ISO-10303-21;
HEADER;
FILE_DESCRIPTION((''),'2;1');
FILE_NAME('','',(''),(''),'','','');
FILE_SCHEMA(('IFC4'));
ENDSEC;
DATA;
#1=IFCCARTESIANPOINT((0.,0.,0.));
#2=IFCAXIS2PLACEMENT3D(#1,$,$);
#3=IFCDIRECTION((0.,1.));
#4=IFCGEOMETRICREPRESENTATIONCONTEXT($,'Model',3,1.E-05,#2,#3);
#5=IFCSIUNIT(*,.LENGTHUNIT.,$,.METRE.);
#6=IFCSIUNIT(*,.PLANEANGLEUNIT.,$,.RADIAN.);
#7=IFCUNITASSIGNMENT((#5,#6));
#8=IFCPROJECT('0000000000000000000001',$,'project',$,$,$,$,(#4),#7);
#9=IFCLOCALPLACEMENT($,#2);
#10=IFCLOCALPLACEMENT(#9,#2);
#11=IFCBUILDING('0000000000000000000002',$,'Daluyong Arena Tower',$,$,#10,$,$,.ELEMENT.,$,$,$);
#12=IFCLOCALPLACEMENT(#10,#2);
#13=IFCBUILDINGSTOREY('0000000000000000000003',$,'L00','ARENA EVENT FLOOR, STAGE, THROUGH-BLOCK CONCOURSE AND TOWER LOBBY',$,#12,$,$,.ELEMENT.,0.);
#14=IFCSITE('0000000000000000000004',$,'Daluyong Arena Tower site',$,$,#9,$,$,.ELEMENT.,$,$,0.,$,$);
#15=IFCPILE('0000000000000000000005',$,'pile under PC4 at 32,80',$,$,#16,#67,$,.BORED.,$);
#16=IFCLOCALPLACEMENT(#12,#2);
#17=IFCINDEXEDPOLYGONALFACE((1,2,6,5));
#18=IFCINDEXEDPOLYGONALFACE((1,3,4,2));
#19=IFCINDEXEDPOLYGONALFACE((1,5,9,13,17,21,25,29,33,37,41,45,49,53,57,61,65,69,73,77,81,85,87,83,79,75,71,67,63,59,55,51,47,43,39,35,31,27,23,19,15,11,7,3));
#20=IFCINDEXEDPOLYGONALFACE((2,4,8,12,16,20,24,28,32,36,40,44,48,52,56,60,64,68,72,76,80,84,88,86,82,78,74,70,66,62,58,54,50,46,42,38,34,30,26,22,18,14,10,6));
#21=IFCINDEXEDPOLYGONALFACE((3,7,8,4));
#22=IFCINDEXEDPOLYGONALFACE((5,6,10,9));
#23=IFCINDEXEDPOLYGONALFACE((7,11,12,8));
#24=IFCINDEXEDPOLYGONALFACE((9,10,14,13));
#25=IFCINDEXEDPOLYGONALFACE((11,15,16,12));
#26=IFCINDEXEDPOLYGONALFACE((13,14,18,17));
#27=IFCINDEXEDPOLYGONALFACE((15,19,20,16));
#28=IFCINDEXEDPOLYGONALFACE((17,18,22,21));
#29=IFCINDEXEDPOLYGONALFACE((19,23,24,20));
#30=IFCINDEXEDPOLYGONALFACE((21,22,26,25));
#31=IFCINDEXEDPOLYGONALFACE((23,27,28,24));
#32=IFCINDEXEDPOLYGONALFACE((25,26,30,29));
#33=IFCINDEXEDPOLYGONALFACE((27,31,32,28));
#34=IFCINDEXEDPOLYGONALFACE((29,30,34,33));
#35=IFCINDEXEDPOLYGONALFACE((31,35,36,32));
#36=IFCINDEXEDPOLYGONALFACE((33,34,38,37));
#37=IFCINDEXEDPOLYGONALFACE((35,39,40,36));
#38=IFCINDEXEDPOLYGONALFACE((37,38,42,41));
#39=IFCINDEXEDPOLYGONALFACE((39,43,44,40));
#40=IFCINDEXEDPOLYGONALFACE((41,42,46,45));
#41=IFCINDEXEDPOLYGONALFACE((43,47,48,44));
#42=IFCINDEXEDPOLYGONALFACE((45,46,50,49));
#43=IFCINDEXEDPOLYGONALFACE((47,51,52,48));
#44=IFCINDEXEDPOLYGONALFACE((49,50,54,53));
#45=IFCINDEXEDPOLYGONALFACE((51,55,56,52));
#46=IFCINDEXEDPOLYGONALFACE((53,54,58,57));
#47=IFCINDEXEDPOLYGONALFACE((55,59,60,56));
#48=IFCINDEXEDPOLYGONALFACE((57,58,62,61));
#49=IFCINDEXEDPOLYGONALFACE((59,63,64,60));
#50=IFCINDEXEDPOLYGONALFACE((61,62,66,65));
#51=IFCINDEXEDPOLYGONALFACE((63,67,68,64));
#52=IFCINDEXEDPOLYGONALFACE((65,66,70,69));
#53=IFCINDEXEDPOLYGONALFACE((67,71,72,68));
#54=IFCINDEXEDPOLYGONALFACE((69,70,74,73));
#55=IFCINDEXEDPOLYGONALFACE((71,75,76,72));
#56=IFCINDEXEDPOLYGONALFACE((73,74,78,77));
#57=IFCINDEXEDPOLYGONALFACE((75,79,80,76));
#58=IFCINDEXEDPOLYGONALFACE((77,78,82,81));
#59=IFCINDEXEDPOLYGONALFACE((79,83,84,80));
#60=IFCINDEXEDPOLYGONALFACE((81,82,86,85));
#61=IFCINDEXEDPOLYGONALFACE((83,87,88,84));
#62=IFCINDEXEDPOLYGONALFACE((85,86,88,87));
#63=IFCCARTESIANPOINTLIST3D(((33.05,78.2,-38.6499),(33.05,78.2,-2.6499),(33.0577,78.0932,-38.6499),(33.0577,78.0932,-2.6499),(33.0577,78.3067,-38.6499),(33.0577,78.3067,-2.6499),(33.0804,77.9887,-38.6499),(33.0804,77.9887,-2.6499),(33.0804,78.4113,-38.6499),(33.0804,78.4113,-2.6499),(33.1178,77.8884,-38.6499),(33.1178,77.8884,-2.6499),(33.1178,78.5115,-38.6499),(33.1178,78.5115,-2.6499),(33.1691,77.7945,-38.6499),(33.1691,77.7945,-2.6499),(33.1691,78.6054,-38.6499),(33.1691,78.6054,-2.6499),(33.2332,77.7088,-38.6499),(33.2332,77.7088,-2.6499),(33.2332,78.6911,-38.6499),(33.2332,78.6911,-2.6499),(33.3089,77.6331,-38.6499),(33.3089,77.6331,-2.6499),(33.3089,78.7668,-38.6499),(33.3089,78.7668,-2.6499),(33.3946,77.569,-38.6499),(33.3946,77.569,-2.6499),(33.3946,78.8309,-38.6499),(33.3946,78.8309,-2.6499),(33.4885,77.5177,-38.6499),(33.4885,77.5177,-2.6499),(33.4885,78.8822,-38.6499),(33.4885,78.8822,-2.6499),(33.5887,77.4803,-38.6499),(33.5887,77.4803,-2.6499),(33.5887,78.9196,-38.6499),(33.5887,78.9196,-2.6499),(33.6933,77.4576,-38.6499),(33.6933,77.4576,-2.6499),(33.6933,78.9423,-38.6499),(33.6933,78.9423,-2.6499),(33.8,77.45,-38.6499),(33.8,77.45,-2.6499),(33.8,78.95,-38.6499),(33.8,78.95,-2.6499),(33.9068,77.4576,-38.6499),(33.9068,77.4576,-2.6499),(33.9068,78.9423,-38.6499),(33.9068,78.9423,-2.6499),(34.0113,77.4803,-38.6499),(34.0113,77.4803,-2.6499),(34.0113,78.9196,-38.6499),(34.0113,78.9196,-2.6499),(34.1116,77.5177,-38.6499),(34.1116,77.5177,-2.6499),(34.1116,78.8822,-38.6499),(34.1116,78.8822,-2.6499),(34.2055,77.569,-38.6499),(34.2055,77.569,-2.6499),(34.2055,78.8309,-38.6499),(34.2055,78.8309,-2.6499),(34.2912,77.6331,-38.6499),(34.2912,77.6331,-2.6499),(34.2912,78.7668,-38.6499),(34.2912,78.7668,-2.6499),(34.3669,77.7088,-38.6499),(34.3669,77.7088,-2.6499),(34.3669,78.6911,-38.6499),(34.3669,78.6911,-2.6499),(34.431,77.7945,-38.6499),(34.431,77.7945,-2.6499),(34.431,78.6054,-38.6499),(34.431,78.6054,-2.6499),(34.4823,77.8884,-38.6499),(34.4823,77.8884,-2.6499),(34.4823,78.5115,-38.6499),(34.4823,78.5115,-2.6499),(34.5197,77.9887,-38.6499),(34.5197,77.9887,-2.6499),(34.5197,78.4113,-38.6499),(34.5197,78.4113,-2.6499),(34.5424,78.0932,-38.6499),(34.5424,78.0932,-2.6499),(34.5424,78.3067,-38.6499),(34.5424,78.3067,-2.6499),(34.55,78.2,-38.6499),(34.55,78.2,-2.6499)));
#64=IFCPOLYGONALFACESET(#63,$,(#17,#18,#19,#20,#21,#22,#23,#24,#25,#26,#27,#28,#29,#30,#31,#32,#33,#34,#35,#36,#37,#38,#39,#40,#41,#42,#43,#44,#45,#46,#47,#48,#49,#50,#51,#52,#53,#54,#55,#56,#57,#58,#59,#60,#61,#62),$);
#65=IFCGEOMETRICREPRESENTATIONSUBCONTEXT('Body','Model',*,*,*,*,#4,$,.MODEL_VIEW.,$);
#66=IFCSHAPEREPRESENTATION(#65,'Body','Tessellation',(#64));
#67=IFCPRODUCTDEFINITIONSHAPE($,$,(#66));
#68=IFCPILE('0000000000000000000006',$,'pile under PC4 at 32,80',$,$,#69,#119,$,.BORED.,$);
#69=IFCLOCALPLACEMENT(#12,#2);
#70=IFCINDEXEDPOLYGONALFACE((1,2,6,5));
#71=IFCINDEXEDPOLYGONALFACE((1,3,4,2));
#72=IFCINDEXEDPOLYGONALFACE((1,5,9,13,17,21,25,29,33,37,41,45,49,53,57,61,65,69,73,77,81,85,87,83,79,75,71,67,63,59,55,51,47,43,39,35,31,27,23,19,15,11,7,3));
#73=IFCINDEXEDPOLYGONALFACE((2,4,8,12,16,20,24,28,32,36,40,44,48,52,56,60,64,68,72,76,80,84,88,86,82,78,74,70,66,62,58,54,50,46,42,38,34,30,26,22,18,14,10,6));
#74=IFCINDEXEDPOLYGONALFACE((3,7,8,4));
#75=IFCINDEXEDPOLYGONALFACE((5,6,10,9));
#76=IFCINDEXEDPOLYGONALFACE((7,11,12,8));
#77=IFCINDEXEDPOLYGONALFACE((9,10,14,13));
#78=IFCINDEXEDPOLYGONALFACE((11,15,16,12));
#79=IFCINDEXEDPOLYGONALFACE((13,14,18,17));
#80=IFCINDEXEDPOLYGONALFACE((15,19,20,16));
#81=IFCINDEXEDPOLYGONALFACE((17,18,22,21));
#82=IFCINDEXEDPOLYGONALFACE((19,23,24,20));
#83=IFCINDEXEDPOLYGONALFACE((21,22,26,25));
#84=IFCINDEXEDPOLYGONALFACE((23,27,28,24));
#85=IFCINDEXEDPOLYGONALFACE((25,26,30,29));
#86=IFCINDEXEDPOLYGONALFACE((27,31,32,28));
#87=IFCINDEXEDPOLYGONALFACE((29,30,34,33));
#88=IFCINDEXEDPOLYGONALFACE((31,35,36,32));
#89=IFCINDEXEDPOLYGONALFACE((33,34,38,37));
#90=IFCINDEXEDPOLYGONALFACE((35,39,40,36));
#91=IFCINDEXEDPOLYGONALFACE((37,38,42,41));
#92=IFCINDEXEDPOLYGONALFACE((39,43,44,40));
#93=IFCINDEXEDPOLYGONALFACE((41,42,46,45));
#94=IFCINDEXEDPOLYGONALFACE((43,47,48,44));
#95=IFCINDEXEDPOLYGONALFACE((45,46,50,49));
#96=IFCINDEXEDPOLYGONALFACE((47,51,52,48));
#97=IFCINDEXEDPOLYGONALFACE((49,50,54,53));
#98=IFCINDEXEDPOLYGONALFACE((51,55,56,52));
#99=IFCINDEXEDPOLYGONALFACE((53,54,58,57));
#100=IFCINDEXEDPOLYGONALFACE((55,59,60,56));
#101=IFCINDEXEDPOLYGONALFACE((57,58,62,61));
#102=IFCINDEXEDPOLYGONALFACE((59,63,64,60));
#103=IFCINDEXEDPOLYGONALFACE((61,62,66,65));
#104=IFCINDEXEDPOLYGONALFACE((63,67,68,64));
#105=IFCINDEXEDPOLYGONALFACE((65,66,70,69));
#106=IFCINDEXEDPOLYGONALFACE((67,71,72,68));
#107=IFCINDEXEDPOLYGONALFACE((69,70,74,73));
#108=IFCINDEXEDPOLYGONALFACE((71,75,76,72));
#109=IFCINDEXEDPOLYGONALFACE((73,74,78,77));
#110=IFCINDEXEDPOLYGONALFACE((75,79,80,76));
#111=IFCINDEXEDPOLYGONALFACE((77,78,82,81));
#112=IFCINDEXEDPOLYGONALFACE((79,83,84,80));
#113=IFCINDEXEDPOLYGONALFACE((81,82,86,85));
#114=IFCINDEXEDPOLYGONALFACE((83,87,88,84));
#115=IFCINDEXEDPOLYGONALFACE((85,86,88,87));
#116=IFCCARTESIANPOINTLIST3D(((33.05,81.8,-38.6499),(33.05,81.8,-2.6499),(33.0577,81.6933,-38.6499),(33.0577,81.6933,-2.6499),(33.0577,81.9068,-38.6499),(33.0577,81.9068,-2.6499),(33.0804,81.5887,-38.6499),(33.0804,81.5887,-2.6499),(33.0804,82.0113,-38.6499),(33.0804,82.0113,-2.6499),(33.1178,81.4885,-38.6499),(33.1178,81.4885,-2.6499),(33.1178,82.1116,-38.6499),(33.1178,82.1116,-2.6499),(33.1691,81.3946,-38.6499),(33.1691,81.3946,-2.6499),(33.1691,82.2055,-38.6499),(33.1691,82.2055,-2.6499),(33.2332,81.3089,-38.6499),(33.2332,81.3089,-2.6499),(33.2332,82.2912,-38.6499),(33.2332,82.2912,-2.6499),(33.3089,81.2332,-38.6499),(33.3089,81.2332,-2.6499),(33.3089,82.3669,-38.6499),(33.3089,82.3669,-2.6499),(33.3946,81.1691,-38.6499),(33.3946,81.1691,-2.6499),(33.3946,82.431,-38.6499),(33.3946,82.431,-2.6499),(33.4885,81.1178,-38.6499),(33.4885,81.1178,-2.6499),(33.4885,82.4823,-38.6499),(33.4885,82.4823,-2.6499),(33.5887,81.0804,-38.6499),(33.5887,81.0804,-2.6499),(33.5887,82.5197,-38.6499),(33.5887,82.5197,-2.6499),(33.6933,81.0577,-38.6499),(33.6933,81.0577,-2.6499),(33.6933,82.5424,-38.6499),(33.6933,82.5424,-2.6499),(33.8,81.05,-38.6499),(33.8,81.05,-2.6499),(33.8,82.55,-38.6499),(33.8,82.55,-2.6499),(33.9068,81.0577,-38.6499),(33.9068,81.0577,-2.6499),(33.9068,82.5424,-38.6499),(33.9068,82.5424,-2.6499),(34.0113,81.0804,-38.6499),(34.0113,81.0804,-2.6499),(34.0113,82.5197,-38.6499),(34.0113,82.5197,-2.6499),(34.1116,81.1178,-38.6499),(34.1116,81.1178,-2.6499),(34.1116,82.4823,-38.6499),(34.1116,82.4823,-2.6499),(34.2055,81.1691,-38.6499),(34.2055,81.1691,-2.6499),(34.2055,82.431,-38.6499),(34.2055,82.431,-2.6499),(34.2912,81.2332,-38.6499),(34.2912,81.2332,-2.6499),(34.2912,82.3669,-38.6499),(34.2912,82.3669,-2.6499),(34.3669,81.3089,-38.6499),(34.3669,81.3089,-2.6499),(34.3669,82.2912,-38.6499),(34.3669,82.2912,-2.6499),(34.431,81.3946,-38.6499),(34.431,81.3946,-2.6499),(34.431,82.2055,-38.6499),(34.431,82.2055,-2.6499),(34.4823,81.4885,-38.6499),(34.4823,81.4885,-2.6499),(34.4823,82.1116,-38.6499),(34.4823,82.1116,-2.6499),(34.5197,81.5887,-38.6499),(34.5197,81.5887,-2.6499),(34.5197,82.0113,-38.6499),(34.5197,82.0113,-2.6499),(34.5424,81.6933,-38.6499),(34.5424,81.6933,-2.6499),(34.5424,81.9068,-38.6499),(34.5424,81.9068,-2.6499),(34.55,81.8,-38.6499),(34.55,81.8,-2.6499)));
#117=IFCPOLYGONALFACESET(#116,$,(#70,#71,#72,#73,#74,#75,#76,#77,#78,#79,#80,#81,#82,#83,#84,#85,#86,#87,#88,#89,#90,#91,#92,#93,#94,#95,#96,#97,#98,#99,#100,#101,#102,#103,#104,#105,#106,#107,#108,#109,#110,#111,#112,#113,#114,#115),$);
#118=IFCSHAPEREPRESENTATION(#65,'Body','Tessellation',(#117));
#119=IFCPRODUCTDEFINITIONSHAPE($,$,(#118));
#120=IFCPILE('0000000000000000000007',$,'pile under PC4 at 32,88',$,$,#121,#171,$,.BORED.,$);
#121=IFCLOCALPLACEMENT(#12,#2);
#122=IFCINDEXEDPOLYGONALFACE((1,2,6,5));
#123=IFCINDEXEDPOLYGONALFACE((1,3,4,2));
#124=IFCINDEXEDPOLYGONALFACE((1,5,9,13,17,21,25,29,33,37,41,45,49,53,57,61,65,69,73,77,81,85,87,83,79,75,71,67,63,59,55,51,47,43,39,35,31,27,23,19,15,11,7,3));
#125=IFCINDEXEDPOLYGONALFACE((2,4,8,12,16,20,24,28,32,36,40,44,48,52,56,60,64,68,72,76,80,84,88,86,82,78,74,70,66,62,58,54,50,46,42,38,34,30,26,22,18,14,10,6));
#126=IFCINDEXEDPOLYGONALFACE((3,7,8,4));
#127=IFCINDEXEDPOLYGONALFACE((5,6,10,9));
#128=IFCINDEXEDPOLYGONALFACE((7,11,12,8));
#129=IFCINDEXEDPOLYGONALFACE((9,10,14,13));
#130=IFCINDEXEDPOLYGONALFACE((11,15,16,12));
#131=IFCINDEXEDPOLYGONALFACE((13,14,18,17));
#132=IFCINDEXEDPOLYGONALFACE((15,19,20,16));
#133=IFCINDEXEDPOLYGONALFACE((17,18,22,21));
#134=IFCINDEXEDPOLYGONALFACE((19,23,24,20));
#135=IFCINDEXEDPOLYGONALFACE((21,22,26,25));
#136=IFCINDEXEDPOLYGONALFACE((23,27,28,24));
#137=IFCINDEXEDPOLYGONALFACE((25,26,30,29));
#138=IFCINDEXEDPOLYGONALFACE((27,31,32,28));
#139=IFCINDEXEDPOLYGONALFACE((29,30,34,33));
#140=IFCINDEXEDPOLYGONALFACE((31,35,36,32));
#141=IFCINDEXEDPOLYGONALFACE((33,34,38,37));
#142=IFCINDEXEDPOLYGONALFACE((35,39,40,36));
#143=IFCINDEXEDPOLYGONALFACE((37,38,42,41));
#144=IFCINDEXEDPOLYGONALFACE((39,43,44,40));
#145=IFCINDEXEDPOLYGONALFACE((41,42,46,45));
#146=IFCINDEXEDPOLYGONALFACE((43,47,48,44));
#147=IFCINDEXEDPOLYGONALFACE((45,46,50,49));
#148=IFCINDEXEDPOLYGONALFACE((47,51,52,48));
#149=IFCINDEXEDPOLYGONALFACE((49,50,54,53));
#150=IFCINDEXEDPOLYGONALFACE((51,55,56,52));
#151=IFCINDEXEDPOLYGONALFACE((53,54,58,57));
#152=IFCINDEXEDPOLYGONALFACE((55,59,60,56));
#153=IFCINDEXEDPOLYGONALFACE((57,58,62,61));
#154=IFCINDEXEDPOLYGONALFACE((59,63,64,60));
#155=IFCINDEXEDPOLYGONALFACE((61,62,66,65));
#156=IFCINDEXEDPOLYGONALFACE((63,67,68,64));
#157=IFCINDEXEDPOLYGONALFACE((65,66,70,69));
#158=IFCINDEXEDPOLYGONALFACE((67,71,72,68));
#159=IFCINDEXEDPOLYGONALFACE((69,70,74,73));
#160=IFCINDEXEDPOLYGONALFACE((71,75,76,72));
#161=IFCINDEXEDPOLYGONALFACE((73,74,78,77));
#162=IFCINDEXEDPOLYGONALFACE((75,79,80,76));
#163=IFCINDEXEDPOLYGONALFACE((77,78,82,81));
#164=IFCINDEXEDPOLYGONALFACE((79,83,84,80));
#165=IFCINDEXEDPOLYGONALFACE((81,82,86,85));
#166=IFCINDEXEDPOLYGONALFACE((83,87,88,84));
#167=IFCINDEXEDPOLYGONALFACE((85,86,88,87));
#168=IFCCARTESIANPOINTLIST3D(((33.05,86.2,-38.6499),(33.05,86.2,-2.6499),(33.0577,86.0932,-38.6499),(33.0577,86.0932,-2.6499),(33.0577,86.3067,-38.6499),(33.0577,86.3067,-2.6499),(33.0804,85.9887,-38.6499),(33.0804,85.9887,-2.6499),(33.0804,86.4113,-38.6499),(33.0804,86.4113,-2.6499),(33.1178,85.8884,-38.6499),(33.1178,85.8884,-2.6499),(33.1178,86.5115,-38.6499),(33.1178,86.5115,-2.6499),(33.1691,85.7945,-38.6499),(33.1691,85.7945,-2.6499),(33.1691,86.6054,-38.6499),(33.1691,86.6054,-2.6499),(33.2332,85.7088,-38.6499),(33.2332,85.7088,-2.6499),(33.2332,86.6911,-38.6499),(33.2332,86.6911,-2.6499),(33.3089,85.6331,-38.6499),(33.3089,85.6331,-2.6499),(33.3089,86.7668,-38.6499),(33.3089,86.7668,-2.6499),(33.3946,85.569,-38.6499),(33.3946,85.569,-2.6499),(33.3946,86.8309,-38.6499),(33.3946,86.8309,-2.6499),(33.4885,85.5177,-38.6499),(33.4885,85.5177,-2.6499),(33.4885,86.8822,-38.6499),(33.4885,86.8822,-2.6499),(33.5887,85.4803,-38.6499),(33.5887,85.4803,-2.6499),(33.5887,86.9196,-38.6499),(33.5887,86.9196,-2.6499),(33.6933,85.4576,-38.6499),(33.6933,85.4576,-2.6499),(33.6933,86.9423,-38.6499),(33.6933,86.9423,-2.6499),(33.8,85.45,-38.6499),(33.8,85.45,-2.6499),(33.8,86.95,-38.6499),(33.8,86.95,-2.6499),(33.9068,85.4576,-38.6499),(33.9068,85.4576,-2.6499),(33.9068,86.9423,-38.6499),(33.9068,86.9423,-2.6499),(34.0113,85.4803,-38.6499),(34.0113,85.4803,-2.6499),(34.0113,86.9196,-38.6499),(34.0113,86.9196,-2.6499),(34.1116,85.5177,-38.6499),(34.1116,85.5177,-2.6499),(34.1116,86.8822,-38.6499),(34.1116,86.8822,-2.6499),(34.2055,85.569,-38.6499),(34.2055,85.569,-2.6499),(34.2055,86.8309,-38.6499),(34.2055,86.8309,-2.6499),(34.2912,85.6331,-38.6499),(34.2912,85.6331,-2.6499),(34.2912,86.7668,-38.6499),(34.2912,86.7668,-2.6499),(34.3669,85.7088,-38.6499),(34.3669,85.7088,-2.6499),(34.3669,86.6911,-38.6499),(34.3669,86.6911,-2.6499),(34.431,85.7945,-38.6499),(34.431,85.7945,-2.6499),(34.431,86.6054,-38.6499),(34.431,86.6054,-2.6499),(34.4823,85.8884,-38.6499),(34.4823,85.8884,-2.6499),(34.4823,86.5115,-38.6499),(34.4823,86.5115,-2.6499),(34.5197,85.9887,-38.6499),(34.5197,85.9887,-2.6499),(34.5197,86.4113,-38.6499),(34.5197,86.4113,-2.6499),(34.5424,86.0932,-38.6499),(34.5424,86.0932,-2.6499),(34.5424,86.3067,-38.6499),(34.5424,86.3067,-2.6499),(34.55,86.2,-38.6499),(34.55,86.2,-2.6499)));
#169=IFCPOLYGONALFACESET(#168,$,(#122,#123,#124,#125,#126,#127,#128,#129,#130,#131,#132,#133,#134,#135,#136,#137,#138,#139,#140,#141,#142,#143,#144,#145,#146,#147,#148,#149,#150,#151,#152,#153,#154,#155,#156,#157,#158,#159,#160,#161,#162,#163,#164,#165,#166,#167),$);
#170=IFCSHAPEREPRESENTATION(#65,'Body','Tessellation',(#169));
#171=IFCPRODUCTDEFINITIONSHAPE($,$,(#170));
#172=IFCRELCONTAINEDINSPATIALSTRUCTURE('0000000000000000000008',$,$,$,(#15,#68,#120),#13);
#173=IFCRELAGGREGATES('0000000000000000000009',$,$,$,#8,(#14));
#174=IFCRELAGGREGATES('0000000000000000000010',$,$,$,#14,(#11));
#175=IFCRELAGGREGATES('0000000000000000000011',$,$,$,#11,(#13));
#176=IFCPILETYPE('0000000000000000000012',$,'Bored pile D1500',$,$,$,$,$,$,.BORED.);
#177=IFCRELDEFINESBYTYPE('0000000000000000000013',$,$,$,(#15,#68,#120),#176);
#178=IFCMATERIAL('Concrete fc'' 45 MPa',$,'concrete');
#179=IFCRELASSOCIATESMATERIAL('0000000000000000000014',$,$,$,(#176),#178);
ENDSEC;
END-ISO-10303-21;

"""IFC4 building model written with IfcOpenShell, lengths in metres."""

from ifc_helpers import new_model, si_unit, direction, frame, origin, origin_2d, place, context, subcontext, project, spatial, circle, extrude, material, type_object, element, save


model = new_model("IFC4")

# Units and contexts
model_context = context("Model", 3, precision=1e-05, world=origin(), true_north=direction((0.0, 1.0)))
body_context = subcontext(model_context, "Body", "Model", "MODEL_VIEW")
ifc_project = project(units=[si_unit("LENGTHUNIT", "METRE"), si_unit("PLANEANGLEUNIT", "RADIAN")], contexts=[model_context])

# Site, building, storey
site_placement = place(None, origin())
site = spatial("IfcSite", under=ifc_project, at=site_placement, Name="Daluyong Arena Tower site", CompositionType="ELEMENT", RefElevation=0.0)
building_placement = place(site_placement, origin())
building = spatial("IfcBuilding", under=site, at=building_placement, Name="Daluyong Arena Tower", CompositionType="ELEMENT")
storey_placement = place(building_placement, origin())
storey = spatial("IfcBuildingStorey", under=building, at=storey_placement, Name="L00", Description="ARENA EVENT FLOOR, STAGE, THROUGH-BLOCK CONCOURSE AND TOWER LOBBY", CompositionType="ELEMENT", Elevation=0.0)

# Piles
ifc_material_1 = material(Name="Concrete fc' 45 MPa", Category="concrete")
pile_type = type_object("IfcPileType", Name="Bored pile D1500", PredefinedType="BORED", material=ifc_material_1)
for number, where, z_axis, x_axis, name in (
    (1, (33.8, 78.2, -2.6499), (0.0, 0.0, -1.0), (1.0, 0.0, 0.0), "pile under PC4 at 32,80"),
    (2, (33.8, 81.8, -2.6499), (0.0, 0.0, -1.0), (1.0, 0.0, 0.0), "pile under PC4 at 32,80"),
    (3, (33.8, 86.2, -2.6499), (0.0, 0.0, -1.0), (1.0, 0.0, 0.0), "pile under PC4 at 32,88"),
):
    element("IfcPile", number, at=place(storey_placement, frame(where, z_axis=z_axis, x_axis=x_axis)), inside=storey, type_object=pile_type, Name=name, PredefinedType="BORED", context=body_context, shape_type="SweptSolid", body=[
        extrude(circle(Radius=0.75, at=origin_2d()), origin(), (0.0, 0.0, 1.0), 36.0),
    ])

save(model, "model.ifc")
